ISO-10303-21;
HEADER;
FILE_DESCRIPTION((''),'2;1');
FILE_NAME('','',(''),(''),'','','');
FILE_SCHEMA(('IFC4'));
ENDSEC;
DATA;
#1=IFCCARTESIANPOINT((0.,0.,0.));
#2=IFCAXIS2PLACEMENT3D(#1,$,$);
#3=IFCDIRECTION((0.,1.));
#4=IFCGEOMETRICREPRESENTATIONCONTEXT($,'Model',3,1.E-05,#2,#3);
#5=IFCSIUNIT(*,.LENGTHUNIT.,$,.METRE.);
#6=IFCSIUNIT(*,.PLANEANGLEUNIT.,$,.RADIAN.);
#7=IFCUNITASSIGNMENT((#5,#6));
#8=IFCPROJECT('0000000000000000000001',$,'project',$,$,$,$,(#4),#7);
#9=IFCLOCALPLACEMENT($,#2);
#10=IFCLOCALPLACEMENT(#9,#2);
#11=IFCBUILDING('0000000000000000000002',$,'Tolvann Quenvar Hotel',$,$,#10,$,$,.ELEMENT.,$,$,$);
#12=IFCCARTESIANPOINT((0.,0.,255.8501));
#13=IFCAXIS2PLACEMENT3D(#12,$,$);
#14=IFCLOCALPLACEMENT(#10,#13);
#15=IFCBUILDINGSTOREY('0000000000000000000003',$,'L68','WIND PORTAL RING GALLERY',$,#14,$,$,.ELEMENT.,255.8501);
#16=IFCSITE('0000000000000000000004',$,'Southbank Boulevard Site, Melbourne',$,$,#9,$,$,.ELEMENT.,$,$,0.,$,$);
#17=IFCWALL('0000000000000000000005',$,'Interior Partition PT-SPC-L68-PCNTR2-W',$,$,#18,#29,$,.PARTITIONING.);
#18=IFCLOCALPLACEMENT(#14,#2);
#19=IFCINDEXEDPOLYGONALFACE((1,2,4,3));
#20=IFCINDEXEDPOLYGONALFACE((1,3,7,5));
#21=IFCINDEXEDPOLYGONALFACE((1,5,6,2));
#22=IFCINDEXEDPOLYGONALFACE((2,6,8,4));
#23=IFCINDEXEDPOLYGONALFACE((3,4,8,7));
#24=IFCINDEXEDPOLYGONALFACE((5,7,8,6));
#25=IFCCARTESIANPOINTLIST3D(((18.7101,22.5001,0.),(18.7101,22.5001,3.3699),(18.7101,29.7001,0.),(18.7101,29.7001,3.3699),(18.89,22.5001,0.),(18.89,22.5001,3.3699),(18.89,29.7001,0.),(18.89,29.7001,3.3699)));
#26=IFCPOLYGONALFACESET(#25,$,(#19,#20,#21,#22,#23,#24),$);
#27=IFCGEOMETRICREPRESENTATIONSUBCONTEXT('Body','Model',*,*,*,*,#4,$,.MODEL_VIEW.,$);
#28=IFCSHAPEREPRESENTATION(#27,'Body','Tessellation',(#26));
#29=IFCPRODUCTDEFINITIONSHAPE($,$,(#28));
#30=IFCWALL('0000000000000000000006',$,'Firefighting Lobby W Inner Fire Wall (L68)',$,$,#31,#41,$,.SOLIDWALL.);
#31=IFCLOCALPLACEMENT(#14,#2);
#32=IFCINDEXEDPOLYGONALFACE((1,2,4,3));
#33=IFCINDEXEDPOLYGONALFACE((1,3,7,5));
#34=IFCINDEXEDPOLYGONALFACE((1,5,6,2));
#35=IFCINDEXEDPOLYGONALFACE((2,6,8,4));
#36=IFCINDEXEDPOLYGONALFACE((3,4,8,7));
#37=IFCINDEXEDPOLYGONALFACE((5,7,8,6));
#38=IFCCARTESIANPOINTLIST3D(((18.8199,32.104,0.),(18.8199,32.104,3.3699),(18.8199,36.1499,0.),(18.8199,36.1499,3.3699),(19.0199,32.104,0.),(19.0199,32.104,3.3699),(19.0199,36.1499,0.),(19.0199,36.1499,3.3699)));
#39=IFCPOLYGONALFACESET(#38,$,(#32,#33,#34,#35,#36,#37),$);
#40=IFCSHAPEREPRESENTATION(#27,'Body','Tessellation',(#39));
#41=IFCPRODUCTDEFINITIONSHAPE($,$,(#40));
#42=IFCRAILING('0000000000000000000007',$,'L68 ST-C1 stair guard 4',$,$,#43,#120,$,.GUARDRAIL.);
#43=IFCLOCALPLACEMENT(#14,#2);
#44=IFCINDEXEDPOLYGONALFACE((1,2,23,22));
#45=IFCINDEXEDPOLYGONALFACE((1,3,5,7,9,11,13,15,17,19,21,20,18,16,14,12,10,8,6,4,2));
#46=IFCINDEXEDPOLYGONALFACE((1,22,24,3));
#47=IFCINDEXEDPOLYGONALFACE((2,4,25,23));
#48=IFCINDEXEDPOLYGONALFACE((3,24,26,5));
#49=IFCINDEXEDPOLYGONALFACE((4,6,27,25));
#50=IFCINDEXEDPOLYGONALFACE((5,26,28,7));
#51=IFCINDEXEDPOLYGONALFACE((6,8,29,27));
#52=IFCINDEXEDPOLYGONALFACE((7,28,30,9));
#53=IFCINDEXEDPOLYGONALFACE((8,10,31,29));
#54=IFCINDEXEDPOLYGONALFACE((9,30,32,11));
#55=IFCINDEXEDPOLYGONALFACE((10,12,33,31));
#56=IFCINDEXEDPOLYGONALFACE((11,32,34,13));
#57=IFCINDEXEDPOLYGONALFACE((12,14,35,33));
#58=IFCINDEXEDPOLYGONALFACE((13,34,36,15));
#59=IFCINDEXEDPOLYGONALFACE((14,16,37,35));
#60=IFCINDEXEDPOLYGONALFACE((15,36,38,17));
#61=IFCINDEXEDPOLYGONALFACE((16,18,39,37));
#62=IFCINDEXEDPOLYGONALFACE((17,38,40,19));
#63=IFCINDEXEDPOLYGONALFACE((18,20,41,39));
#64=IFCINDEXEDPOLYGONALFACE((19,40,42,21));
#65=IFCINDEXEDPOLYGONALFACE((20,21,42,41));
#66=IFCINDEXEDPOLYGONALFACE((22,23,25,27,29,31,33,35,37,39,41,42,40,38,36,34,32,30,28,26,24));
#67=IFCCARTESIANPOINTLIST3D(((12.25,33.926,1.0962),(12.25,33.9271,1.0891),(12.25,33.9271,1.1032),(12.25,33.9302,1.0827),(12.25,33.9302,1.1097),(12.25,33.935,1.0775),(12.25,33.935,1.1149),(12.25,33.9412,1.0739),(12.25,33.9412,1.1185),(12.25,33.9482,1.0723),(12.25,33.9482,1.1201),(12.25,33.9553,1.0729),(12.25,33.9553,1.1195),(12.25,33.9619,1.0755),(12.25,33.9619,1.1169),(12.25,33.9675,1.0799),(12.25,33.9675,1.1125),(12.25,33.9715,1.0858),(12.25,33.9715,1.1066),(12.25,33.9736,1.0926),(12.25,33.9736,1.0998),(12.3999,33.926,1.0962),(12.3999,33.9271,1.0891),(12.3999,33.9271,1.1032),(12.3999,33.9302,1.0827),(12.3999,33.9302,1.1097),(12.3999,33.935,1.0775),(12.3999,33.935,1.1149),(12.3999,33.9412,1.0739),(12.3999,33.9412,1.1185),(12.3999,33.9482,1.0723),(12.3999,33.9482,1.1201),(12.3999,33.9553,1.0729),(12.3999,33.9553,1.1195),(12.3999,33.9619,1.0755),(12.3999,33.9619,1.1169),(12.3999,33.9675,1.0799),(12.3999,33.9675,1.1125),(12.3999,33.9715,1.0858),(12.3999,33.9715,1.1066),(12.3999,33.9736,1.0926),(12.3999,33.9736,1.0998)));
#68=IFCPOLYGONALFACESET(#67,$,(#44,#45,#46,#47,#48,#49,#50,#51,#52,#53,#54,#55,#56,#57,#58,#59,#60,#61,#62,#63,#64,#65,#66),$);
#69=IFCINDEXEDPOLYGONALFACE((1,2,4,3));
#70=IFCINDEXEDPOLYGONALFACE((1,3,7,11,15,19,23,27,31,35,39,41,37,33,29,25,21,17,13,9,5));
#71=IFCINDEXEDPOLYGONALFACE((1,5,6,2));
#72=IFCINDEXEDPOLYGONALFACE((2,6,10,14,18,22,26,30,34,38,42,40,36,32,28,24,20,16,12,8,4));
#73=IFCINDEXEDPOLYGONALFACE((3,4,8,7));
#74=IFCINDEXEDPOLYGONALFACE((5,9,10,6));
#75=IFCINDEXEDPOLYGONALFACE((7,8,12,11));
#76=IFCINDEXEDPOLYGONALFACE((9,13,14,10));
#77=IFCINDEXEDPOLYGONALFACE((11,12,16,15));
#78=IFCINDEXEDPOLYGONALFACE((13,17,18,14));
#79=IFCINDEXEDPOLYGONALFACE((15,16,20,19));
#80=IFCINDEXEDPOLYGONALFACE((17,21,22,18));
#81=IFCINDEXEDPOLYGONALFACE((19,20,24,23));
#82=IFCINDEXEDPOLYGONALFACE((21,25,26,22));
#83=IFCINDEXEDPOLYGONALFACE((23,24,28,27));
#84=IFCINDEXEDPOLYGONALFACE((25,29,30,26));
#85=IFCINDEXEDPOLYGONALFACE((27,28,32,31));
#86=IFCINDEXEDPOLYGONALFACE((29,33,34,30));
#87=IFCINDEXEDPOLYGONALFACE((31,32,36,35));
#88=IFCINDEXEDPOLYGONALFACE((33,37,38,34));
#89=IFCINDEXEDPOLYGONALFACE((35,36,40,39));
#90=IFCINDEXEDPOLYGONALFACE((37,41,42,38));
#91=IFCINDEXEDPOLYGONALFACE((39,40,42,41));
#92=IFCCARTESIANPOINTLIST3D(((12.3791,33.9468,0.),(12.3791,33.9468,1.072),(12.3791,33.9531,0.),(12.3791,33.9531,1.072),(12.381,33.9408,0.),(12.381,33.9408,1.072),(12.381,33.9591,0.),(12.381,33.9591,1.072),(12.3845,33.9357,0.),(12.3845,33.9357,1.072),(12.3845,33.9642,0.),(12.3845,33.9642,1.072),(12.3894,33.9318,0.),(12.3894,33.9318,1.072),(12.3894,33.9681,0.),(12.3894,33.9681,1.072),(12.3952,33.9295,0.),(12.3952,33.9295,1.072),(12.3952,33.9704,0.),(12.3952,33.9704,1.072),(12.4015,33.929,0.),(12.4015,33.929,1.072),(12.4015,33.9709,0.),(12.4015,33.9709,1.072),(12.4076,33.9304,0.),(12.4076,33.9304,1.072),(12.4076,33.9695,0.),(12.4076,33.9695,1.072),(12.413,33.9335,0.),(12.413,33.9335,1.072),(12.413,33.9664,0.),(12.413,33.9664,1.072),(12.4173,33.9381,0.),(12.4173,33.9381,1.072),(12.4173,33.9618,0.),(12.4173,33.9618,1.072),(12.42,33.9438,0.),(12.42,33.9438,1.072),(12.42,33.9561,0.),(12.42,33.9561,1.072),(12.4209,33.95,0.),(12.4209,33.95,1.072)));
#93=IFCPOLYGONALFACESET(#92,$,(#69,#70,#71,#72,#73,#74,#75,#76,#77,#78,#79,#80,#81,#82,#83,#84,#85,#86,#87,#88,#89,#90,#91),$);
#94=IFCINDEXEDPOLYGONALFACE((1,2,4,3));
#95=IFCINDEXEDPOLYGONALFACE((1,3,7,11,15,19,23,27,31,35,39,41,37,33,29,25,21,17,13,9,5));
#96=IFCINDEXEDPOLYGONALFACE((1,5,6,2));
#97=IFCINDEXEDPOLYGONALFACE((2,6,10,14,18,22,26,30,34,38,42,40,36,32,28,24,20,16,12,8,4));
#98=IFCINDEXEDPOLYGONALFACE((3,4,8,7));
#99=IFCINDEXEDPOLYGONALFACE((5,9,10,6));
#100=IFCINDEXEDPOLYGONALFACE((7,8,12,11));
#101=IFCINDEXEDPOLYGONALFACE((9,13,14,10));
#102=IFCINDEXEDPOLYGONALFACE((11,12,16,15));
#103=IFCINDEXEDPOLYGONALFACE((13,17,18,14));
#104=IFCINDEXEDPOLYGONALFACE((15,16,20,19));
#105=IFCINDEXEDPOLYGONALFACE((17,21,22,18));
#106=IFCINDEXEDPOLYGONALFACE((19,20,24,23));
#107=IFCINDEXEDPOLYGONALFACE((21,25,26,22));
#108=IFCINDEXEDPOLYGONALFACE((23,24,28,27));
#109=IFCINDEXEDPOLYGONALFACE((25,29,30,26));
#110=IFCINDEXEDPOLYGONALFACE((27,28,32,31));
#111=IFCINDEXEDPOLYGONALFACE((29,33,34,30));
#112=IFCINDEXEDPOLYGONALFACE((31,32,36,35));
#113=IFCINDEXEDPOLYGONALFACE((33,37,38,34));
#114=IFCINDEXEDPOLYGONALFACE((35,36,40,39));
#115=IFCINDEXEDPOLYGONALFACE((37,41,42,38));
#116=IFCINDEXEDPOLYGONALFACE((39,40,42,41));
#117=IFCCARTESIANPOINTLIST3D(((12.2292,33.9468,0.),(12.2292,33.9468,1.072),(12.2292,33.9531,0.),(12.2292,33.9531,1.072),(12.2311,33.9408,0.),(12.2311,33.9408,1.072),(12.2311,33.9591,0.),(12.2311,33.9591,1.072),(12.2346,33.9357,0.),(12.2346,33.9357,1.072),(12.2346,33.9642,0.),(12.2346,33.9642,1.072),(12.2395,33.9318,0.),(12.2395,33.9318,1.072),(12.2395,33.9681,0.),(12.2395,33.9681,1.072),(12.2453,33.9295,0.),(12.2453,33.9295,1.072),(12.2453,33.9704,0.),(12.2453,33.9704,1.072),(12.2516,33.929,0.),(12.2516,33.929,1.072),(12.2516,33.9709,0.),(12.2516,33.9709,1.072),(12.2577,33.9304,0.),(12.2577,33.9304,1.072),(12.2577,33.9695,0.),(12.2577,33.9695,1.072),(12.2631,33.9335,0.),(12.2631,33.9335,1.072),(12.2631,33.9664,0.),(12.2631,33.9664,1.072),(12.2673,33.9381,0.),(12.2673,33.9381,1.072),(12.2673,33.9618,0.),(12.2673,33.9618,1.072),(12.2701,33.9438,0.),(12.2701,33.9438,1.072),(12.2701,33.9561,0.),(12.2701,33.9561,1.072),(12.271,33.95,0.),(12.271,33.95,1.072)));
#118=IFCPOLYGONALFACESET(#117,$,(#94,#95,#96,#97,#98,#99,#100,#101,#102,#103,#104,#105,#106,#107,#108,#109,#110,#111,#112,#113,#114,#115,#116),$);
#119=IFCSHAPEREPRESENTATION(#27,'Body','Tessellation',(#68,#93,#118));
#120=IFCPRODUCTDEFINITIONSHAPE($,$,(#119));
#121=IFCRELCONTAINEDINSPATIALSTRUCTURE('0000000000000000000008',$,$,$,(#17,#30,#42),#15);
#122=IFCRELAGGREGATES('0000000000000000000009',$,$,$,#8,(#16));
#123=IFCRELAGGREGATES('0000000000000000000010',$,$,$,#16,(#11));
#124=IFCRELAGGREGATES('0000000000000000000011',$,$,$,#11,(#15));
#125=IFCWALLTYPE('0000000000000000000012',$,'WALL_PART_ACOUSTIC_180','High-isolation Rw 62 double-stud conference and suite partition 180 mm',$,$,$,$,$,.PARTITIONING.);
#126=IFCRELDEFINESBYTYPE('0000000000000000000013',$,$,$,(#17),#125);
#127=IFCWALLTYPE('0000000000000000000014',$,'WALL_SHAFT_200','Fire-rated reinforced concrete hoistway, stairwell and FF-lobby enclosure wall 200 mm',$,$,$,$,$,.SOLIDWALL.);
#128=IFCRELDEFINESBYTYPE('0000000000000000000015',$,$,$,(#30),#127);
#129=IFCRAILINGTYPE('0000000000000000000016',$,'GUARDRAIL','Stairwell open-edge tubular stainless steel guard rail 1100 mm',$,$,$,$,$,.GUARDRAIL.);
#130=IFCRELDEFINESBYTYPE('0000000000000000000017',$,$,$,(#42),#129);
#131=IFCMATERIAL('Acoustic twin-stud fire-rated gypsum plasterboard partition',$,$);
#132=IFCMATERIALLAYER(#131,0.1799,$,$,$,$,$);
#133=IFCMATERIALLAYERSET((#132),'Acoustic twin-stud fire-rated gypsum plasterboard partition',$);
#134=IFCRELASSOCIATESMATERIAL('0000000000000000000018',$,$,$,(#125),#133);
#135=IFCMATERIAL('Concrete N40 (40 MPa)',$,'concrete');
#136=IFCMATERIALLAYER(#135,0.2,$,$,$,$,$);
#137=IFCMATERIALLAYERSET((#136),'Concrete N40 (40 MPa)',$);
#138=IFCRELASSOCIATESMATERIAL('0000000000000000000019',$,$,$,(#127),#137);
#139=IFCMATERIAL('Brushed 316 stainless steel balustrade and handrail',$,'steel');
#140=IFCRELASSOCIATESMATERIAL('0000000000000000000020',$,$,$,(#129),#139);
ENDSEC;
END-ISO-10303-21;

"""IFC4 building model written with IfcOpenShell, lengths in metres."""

from ifc_helpers import new_model, si_unit, direction, frame, frame_2d, origin, origin_2d, place, context, subcontext, project, spatial, rectangle, circle, extrude, material, layer, layer_set, type_object, element, save


model = new_model("IFC4")

# Units and contexts
model_context = context("Model", 3, precision=1e-05, world=origin(), true_north=direction((0.0, 1.0)))
body_context = subcontext(model_context, "Body", "Model", "MODEL_VIEW")
ifc_project = project(units=[si_unit("LENGTHUNIT", "METRE"), si_unit("PLANEANGLEUNIT", "RADIAN")], contexts=[model_context])

# Site, building, storey
site_placement = place(None, origin())
site = spatial("IfcSite", under=ifc_project, at=site_placement, Name="Southbank Boulevard Site, Melbourne", CompositionType="ELEMENT", RefElevation=0.0)
building_placement = place(site_placement, origin())
building = spatial("IfcBuilding", under=site, at=building_placement, Name="Tolvann Quenvar Hotel", CompositionType="ELEMENT")
storey_placement = place(building_placement, frame((0.0, 0.0, 255.8501)))
storey = spatial("IfcBuildingStorey", under=building, at=storey_placement, Name="L68", Description="WIND PORTAL RING GALLERY", CompositionType="ELEMENT", Elevation=255.8501)

# Shared definitions
ifc_material_1 = material(Name="Acoustic twin-stud fire-rated gypsum plasterboard partition")
ifc_layer_1 = layer(ifc_material_1, 0.1799)
ifc_layer_set_1 = layer_set([ifc_layer_1], Name="Acoustic twin-stud fire-rated gypsum plasterboard partition")
wall_type_1 = type_object("IfcWallType", Name="WALL_PART_ACOUSTIC_180", Description="High-isolation Rw 62 double-stud conference and suite partition 180 mm", PredefinedType="PARTITIONING", material=ifc_layer_set_1)

# Walls
wall_1_placement = place(storey_placement, frame((18.8, 22.5, 0.0), z_axis=(0.0, 0.0, 1.0), x_axis=(0.0, 1.0, 0.0)))
element("IfcWall", 1, at=wall_1_placement, inside=storey, type_object=wall_type_1, Name="Interior Partition PT-SPC-L68-PCNTR2-W", PredefinedType="PARTITIONING", context=body_context, shape_type="SweptSolid", body=[
    extrude(rectangle(XDim=7.2, YDim=0.1799, at=frame_2d((3.6001, 0.0))), origin(), (0.0, 0.0, 1.0), 3.3699),
])
ifc_material_2 = material(Name="Concrete N40 (40 MPa)", Category="concrete")
ifc_layer_2 = layer(ifc_material_2, 0.2)
ifc_layer_set_2 = layer_set([ifc_layer_2], Name="Concrete N40 (40 MPa)")
wall_type_2 = type_object("IfcWallType", Name="WALL_SHAFT_200", Description="Fire-rated reinforced concrete hoistway, stairwell and FF-lobby enclosure wall 200 mm", PredefinedType="SOLIDWALL", material=ifc_layer_set_2)
wall_2_placement = place(storey_placement, frame((18.9199, 32.104, 0.0), z_axis=(0.0, 0.0, 1.0), x_axis=(0.0, 1.0, 0.0)))
element("IfcWall", 2, at=wall_2_placement, inside=storey, type_object=wall_type_2, Name="Firefighting Lobby W Inner Fire Wall (L68)", PredefinedType="SOLIDWALL", context=body_context, shape_type="SweptSolid", body=[
    extrude(rectangle(XDim=4.0459, YDim=0.2, at=frame_2d((2.0229, 0.0))), origin(), (0.0, 0.0, 1.0), 3.3699),
])

# Railing
ifc_material_3 = material(Name="Brushed 316 stainless steel balustrade and handrail", Category="steel")
railing_type = type_object("IfcRailingType", Name="GUARDRAIL", Description="Stairwell open-edge tubular stainless steel guard rail 1100 mm", PredefinedType="GUARDRAIL", material=ifc_material_3)
railing_placement = place(storey_placement, frame((12.3999, 33.95, 0.0)))
element("IfcRailing", 3, at=railing_placement, inside=storey, type_object=railing_type, Name="L68 ST-C1 stair guard 4", PredefinedType="GUARDRAIL", context=body_context, shape_type="SweptSolid", body=[
    extrude(circle(Radius=0.0239, at=origin_2d()), frame((0.0, 0.0, 1.0962), z_axis=(-1.0, 0.0, 0.0), x_axis=(0.0, -1.0, 0.0)), (0.0, 0.0, 1.0), 0.1499),
    extrude(circle(Radius=0.021, at=origin_2d()), origin(), (0.0, 0.0, 1.0), 1.072),
    extrude(circle(Radius=0.021, at=origin_2d()), frame((-0.1499, 0.0, 0.0)), (0.0, 0.0, 1.0), 1.072),
])

save(model, "model.ifc")
